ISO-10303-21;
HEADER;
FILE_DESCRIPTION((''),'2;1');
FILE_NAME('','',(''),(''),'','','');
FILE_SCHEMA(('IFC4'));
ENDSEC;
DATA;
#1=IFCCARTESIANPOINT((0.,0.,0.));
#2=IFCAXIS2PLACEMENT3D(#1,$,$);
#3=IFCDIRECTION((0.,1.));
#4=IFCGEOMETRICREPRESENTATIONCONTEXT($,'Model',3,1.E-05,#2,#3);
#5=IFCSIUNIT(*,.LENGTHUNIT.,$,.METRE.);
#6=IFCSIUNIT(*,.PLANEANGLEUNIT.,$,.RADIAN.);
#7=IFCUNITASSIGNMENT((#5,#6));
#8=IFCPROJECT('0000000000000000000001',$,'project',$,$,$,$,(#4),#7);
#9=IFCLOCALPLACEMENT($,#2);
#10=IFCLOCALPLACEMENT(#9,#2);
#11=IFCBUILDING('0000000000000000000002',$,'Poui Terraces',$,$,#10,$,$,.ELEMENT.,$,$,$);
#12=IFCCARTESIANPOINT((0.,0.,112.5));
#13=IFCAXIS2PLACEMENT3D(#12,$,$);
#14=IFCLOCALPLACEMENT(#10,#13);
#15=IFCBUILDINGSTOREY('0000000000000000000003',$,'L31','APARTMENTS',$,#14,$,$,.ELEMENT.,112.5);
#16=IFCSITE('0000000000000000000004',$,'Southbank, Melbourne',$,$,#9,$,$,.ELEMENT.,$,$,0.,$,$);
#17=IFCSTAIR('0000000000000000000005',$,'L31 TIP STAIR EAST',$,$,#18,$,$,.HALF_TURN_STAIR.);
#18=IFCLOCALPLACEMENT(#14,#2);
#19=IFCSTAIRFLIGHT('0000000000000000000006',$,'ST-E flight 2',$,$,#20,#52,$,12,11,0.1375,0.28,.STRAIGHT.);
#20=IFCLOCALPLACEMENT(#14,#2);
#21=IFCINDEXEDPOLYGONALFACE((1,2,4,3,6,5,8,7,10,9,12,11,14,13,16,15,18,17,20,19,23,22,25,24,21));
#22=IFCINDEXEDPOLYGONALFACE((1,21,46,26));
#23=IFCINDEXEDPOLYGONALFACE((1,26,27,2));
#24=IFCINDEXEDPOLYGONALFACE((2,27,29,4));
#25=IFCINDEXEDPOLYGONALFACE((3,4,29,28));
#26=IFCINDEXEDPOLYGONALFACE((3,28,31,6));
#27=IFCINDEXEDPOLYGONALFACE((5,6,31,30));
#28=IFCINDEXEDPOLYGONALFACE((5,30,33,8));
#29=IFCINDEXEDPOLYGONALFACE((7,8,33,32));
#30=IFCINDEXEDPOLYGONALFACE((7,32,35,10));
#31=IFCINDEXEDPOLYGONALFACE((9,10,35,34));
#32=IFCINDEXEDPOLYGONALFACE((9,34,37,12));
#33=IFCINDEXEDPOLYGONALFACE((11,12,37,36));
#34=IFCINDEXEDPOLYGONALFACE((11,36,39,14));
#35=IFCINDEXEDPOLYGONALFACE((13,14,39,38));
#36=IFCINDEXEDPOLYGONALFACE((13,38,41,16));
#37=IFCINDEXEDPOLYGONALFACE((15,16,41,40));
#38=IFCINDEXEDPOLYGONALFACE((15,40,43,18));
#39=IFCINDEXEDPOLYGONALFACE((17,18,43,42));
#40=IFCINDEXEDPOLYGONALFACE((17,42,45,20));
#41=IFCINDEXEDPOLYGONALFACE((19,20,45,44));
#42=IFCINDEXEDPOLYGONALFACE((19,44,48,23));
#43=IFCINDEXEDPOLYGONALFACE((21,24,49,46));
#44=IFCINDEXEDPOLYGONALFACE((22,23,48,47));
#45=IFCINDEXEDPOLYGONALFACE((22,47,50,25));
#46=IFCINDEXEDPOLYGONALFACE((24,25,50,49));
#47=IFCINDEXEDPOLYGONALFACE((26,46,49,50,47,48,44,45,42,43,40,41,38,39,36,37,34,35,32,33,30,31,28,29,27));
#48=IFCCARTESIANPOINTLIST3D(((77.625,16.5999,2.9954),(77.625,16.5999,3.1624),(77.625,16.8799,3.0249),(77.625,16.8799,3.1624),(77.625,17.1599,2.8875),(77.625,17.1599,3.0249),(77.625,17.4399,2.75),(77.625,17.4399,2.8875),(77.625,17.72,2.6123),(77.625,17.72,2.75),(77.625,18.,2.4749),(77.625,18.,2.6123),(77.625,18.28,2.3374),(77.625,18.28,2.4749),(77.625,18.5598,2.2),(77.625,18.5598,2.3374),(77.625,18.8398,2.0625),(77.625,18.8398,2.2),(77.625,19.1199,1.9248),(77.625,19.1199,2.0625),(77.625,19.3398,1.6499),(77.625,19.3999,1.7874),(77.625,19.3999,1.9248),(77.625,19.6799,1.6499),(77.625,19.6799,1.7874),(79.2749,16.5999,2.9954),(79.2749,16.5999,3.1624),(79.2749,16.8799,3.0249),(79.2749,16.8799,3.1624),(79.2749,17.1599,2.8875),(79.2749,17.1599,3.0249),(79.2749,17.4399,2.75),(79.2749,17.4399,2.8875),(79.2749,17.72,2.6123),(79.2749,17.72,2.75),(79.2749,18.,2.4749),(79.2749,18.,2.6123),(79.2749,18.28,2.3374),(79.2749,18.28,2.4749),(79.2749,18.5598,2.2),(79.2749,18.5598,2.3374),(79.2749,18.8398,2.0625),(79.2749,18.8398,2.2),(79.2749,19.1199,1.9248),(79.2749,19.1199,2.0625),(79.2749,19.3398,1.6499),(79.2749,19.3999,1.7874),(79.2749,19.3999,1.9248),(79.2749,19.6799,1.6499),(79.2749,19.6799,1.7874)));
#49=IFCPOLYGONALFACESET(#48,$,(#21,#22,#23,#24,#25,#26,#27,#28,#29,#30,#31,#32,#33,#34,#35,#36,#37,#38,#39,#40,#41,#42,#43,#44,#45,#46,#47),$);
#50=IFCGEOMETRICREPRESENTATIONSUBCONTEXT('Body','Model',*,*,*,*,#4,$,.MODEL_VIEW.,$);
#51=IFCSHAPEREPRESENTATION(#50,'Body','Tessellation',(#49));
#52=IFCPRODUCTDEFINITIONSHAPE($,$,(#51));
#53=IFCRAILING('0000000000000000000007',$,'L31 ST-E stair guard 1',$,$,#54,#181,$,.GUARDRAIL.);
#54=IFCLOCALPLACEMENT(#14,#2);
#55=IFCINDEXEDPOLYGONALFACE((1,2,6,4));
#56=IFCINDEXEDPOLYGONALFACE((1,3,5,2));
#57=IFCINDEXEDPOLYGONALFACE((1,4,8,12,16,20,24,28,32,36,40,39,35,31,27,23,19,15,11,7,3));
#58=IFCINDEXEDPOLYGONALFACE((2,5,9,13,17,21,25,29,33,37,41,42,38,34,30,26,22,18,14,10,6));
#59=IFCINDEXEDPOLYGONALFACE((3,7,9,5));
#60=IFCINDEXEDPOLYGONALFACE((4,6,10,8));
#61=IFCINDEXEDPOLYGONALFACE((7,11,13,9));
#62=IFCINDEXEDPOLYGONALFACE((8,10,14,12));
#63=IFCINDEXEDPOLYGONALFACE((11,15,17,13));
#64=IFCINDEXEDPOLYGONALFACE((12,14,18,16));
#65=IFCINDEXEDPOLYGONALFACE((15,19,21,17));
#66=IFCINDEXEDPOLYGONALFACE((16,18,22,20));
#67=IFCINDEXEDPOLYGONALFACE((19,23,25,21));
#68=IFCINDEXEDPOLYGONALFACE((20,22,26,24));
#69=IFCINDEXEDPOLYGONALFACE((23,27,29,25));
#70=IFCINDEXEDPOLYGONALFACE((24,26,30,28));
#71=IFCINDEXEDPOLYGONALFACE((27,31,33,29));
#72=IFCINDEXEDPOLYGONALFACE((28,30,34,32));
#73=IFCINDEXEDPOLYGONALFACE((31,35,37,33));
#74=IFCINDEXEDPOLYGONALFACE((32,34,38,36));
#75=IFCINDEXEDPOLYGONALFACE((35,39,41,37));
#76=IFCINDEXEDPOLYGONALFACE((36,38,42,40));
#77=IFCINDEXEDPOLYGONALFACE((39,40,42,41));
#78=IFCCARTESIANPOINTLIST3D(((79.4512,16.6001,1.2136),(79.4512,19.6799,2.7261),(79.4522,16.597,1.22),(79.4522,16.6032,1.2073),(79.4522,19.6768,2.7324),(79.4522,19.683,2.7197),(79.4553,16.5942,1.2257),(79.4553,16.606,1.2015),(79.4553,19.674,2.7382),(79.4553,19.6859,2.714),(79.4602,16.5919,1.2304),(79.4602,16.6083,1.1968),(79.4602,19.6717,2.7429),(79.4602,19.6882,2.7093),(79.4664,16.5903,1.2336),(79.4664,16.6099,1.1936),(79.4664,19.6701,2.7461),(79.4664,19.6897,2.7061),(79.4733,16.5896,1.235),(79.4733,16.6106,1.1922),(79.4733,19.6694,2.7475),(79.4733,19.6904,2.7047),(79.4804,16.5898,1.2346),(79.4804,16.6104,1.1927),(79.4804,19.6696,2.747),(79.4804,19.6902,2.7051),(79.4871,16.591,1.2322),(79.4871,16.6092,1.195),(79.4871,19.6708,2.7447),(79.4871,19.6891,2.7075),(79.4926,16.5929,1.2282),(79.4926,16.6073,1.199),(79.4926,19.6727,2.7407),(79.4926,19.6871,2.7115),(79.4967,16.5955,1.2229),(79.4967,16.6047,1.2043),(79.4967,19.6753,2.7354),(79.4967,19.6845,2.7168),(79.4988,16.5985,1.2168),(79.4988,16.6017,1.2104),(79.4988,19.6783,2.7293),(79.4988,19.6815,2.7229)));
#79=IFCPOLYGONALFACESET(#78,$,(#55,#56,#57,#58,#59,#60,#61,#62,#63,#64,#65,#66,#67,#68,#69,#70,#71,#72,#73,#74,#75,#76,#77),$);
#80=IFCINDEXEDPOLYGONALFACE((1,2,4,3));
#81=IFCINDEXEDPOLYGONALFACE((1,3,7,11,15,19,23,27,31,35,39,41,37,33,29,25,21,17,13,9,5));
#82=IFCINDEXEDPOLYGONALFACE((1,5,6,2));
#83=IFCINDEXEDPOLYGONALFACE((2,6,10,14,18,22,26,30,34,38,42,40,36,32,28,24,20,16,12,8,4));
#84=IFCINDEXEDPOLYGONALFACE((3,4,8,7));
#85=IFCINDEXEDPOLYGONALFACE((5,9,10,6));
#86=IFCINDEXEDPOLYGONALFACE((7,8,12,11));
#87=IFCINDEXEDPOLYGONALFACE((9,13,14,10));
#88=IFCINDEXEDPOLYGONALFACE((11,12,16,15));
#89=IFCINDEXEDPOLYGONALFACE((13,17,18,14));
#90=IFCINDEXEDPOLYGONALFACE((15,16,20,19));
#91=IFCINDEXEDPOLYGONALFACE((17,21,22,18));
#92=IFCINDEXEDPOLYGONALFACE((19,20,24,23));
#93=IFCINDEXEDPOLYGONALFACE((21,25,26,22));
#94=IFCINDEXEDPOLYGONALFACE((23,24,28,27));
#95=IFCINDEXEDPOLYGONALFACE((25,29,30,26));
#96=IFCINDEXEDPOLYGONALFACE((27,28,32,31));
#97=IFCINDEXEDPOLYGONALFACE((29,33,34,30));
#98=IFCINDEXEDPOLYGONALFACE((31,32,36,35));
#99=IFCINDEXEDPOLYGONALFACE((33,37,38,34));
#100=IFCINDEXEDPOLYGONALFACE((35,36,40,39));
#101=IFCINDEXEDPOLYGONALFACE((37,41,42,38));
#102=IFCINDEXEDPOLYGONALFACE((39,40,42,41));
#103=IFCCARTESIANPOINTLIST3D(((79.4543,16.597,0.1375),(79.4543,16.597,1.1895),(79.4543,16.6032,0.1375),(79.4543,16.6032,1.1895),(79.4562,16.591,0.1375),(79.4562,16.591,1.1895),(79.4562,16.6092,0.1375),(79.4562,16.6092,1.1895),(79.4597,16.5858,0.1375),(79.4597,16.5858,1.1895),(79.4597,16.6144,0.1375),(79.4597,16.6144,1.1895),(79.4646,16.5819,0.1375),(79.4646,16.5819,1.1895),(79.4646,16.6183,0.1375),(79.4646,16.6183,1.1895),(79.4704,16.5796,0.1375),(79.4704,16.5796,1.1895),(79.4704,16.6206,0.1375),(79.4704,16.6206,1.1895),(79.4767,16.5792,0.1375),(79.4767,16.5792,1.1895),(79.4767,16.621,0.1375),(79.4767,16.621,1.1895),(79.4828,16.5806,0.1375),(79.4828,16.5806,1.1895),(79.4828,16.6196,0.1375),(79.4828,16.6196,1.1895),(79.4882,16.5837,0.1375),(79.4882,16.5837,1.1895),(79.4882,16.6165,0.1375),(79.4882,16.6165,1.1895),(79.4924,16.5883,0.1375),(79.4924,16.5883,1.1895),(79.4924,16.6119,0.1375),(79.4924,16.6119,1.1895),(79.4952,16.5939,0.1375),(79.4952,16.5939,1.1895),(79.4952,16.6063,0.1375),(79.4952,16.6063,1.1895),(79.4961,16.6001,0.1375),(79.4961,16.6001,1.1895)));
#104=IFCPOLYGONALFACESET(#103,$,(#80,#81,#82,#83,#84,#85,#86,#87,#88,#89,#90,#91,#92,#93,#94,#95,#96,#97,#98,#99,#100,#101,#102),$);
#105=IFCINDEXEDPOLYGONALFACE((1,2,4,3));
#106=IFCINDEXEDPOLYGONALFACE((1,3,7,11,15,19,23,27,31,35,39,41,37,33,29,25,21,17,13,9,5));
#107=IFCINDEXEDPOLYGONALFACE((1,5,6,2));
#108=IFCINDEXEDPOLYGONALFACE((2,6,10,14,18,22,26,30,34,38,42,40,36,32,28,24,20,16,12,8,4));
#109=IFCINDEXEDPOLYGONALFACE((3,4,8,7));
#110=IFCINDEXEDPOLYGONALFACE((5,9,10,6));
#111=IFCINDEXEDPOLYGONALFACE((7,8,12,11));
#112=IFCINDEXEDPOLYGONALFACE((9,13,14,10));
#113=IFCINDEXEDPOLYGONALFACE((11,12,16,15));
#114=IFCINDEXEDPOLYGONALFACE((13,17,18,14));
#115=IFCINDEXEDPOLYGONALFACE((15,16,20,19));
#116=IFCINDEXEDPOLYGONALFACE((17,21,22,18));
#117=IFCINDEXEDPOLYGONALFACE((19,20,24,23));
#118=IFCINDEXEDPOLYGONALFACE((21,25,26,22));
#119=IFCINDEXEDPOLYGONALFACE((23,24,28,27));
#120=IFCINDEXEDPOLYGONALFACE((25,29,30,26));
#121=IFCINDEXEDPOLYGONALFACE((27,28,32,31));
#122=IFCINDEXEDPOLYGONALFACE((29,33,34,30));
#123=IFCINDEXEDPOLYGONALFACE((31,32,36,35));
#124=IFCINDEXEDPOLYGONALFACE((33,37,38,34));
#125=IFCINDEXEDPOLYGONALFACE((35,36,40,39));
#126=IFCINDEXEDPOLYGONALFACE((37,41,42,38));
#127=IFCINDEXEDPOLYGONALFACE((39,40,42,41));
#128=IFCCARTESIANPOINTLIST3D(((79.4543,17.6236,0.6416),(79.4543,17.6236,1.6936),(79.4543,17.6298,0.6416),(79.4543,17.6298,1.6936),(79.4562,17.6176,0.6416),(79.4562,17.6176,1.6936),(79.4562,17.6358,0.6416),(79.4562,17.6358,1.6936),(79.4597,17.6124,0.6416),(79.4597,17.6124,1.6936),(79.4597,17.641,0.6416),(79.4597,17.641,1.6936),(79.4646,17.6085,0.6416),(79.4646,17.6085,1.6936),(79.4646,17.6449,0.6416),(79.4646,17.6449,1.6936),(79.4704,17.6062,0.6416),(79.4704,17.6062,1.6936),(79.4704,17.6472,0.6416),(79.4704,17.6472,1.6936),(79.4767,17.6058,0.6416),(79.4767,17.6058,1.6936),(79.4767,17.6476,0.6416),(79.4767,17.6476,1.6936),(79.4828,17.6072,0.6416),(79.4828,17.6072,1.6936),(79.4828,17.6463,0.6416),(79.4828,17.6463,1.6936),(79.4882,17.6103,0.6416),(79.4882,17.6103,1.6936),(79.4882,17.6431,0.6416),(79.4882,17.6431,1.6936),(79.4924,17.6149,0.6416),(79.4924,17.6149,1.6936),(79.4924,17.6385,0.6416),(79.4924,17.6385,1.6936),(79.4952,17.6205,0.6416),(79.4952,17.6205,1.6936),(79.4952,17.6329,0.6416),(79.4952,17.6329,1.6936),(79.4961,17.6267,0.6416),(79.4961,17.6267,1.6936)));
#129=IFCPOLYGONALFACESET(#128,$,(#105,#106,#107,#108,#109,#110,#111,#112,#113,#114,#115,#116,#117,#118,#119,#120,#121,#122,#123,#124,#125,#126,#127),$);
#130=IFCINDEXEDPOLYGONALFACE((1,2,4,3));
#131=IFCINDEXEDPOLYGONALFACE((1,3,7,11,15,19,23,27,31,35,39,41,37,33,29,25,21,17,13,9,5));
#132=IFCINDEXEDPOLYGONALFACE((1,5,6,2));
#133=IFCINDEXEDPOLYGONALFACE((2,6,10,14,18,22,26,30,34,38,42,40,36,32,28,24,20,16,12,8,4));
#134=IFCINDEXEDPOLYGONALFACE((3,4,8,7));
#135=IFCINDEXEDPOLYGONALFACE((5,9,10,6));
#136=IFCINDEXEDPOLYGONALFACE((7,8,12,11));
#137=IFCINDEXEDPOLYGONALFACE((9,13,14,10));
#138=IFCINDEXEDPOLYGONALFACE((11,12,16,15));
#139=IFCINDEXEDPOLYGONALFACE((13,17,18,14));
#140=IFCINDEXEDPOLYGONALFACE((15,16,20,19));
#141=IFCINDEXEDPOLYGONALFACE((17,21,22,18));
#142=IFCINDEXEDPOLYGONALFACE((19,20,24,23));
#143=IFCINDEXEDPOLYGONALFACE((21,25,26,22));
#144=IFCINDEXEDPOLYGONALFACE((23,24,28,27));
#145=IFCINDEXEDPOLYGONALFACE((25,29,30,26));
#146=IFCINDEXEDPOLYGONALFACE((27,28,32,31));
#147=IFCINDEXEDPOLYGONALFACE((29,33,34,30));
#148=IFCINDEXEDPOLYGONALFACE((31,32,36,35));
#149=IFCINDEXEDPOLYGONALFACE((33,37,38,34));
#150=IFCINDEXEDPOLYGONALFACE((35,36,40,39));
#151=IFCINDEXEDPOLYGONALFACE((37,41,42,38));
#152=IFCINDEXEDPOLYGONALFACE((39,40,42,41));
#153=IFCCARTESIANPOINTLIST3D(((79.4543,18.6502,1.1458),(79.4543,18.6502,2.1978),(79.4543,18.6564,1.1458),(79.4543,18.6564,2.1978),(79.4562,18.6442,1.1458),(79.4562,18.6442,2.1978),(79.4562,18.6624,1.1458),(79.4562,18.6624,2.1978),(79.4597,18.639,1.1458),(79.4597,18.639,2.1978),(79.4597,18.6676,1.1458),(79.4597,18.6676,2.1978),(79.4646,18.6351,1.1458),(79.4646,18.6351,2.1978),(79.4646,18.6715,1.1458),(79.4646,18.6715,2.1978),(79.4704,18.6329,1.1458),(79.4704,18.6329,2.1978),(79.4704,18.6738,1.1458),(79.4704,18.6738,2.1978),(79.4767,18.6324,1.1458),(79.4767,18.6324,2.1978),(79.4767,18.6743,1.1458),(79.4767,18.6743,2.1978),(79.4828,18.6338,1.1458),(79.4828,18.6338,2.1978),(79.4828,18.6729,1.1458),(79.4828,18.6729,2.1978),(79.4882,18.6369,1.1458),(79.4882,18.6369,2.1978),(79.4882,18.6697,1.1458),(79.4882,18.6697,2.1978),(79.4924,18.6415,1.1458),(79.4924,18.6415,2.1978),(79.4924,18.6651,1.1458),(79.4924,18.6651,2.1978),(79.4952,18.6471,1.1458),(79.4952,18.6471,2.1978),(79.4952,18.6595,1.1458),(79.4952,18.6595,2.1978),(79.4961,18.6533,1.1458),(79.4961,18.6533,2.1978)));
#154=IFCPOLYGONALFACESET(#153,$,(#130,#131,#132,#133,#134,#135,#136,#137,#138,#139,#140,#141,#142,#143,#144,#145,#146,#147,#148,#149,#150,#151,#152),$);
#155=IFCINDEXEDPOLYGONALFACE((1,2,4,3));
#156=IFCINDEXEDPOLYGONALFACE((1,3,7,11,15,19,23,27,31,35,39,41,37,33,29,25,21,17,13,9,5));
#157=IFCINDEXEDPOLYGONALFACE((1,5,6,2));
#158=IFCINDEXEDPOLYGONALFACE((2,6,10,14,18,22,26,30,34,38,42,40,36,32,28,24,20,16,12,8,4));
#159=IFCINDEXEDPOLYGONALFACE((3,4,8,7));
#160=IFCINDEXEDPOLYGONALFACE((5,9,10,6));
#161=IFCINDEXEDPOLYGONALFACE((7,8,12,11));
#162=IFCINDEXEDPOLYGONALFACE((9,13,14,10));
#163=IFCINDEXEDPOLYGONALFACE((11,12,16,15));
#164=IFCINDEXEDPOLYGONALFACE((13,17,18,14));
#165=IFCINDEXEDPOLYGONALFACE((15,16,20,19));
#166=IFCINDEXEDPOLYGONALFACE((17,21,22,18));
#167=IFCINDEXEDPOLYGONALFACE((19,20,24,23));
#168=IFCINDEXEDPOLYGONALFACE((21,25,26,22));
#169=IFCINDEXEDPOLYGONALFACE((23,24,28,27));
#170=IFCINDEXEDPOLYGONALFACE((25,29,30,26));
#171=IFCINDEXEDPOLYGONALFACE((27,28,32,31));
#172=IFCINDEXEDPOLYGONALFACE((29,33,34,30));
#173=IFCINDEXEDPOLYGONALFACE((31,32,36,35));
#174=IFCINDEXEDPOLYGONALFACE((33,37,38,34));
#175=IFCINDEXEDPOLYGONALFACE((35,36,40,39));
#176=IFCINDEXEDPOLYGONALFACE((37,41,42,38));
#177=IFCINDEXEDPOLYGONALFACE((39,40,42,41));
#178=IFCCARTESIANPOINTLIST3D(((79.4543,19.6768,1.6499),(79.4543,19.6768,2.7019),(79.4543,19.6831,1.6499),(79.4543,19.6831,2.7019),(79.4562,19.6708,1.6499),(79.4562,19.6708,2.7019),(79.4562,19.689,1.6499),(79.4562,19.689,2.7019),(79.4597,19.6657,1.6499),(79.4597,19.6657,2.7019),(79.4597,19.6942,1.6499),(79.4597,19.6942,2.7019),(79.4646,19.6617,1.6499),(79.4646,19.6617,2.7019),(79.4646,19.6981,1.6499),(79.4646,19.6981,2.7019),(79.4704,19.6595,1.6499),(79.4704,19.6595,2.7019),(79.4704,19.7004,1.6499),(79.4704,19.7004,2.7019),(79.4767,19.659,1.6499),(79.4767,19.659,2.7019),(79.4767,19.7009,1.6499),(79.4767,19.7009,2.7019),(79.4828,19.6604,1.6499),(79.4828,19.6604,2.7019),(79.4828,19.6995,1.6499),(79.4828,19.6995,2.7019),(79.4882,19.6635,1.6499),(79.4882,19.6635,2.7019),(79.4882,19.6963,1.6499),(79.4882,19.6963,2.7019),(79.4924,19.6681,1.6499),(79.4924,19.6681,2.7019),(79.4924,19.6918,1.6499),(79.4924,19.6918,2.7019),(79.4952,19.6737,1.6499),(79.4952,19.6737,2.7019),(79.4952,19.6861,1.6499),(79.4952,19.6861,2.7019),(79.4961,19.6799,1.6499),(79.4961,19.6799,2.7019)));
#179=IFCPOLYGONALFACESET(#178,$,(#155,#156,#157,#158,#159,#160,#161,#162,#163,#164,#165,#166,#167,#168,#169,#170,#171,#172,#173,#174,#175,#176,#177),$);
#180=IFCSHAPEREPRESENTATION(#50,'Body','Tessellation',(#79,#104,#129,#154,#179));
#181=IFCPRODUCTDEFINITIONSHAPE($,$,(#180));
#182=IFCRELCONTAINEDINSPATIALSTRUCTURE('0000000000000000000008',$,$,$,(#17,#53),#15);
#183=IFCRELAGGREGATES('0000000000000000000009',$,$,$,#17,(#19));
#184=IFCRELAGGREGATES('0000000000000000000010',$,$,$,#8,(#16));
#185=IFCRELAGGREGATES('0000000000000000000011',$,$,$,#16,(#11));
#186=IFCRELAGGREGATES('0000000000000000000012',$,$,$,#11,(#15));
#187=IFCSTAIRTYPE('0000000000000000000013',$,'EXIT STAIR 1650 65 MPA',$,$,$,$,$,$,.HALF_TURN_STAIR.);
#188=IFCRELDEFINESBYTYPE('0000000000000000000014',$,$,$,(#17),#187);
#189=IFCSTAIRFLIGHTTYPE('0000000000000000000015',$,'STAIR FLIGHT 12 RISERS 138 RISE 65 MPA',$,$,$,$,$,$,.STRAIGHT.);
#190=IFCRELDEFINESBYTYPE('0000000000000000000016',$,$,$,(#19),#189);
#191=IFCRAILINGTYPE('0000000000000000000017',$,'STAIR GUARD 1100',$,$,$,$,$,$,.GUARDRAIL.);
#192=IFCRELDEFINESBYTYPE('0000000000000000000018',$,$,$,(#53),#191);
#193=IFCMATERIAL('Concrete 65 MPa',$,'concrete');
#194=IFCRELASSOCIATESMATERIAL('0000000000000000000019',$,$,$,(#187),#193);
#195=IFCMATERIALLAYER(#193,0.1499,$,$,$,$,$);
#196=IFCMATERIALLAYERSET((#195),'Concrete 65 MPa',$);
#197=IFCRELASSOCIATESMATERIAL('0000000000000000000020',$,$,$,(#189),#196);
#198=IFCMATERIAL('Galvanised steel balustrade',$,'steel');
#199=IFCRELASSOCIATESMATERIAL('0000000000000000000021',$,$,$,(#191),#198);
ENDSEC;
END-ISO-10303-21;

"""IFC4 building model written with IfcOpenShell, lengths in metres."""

from ifc_helpers import new_model, si_unit, direction, frame, origin, origin_2d, place, context, subcontext, project, spatial, polyline, circle, outline, extrude, material, layer, layer_set, type_object, element, aggregate, save


model = new_model("IFC4")

# Units and contexts
model_context = context("Model", 3, precision=1e-05, world=origin(), true_north=direction((0.0, 1.0)))
body_context = subcontext(model_context, "Body", "Model", "MODEL_VIEW")
ifc_project = project(units=[si_unit("LENGTHUNIT", "METRE"), si_unit("PLANEANGLEUNIT", "RADIAN")], contexts=[model_context])

# Site, building, storey
site_placement = place(None, origin())
site = spatial("IfcSite", under=ifc_project, at=site_placement, Name="Southbank, Melbourne", CompositionType="ELEMENT", RefElevation=0.0)
building_placement = place(site_placement, origin())
building = spatial("IfcBuilding", under=site, at=building_placement, Name="Poui Terraces", CompositionType="ELEMENT")
storey_placement = place(building_placement, frame((0.0, 0.0, 112.5)))
storey = spatial("IfcBuildingStorey", under=building, at=storey_placement, Name="L31", Description="APARTMENTS", CompositionType="ELEMENT", Elevation=112.5)

# Shared definitions
ifc_material_1 = material(Name="Concrete 65 MPa", Category="concrete")

# Stair, stair flight
stair_type = type_object("IfcStairType", Name="EXIT STAIR 1650 65 MPA", PredefinedType="HALF_TURN_STAIR", material=ifc_material_1)
stair_placement = place(storey_placement, origin())
stair = element("IfcStair", 1, at=stair_placement, inside=storey, type_object=stair_type, Name="L31 TIP STAIR EAST", PredefinedType="HALF_TURN_STAIR")
ifc_layer_1 = layer(ifc_material_1, 0.1499)
ifc_layer_set_1 = layer_set([ifc_layer_1], Name="Concrete 65 MPa")
stair_flight_type = type_object("IfcStairFlightType", Name="STAIR FLIGHT 12 RISERS 138 RISE 65 MPA", PredefinedType="STRAIGHT", material=ifc_layer_set_1)
stair_flight_1_placement = place(storey_placement, frame((78.45, 19.6799, 1.6499), z_axis=(0.0, 0.0, 1.0), x_axis=(0.0, -1.0, 0.0)))
stair_flight_1 = element("IfcStairFlight", 2, at=stair_flight_1_placement, type_object=stair_flight_type, Name="ST-E flight 2", NumberOfRisers=12, NumberOfTreads=11, PredefinedType="STRAIGHT", RiserHeight=0.1375, TreadLength=0.28, context=body_context, shape_type="SweptSolid", body=[
    extrude(outline(polyline([(0.0, 0.0), (0.0, 0.1375), (0.28, 0.1375), (0.28, 0.2749), (0.5601, 0.2749), (0.5601, 0.4126), (0.8401, 0.4126), (0.8401, 0.55), (1.1201, 0.55), (1.1201, 0.6875), (1.3999, 0.6875), (1.3999, 0.825), (1.6799, 0.825), (1.6799, 0.9624), (1.96, 0.9624), (1.96, 1.1001), (2.24, 1.1001), (2.24, 1.2375), (2.52, 1.2375), (2.52, 1.375), (2.8, 1.375), (2.8, 1.5125), (3.0801, 1.5125), (3.0801, 1.6499), (3.0801, 1.3455), (0.3401, 0.0), (0.0, 0.0)])), frame((0.0, 0.825, 0.0), z_axis=(0.0, -1.0, 0.0), x_axis=(1.0, 0.0, 0.0)), (0.0, 0.0, 1.0), 1.6499),
])
aggregate(stair, [stair_flight_1])

# Railing
ifc_material_2 = material(Name="Galvanised steel balustrade", Category="steel")
railing_type_1 = type_object("IfcRailingType", Name="STAIR GUARD 1100", PredefinedType="GUARDRAIL", material=ifc_material_2)
railing_1_placement = place(storey_placement, frame((79.4751, 16.6001, 0.1375)))
element("IfcRailing", 3, at=railing_1_placement, inside=storey, type_object=railing_type_1, Name="L31 ST-E stair guard 1", PredefinedType="GUARDRAIL", context=body_context, shape_type="SweptSolid", body=[
    extrude(circle(Radius=0.0239, at=origin_2d()), frame((0.0, 0.0, 1.0762), z_axis=(0.0, 0.897606, 0.440798), x_axis=(-1.0, 0.0, 0.0)), (0.0, 0.0, 1.0), 3.4312),
    extrude(circle(Radius=0.021, at=origin_2d()), origin(), (0.0, 0.0, 1.0), 1.052),
    extrude(circle(Radius=0.021, at=origin_2d()), frame((0.0, 1.0266, 0.5042)), (0.0, 0.0, 1.0), 1.052),
    extrude(circle(Radius=0.021, at=origin_2d()), frame((0.0, 2.0532, 1.0083)), (0.0, 0.0, 1.0), 1.052),
    extrude(circle(Radius=0.021, at=origin_2d()), frame((0.0, 3.0798, 1.5125)), (0.0, 0.0, 1.0), 1.052),
])

save(model, "model.ifc")
